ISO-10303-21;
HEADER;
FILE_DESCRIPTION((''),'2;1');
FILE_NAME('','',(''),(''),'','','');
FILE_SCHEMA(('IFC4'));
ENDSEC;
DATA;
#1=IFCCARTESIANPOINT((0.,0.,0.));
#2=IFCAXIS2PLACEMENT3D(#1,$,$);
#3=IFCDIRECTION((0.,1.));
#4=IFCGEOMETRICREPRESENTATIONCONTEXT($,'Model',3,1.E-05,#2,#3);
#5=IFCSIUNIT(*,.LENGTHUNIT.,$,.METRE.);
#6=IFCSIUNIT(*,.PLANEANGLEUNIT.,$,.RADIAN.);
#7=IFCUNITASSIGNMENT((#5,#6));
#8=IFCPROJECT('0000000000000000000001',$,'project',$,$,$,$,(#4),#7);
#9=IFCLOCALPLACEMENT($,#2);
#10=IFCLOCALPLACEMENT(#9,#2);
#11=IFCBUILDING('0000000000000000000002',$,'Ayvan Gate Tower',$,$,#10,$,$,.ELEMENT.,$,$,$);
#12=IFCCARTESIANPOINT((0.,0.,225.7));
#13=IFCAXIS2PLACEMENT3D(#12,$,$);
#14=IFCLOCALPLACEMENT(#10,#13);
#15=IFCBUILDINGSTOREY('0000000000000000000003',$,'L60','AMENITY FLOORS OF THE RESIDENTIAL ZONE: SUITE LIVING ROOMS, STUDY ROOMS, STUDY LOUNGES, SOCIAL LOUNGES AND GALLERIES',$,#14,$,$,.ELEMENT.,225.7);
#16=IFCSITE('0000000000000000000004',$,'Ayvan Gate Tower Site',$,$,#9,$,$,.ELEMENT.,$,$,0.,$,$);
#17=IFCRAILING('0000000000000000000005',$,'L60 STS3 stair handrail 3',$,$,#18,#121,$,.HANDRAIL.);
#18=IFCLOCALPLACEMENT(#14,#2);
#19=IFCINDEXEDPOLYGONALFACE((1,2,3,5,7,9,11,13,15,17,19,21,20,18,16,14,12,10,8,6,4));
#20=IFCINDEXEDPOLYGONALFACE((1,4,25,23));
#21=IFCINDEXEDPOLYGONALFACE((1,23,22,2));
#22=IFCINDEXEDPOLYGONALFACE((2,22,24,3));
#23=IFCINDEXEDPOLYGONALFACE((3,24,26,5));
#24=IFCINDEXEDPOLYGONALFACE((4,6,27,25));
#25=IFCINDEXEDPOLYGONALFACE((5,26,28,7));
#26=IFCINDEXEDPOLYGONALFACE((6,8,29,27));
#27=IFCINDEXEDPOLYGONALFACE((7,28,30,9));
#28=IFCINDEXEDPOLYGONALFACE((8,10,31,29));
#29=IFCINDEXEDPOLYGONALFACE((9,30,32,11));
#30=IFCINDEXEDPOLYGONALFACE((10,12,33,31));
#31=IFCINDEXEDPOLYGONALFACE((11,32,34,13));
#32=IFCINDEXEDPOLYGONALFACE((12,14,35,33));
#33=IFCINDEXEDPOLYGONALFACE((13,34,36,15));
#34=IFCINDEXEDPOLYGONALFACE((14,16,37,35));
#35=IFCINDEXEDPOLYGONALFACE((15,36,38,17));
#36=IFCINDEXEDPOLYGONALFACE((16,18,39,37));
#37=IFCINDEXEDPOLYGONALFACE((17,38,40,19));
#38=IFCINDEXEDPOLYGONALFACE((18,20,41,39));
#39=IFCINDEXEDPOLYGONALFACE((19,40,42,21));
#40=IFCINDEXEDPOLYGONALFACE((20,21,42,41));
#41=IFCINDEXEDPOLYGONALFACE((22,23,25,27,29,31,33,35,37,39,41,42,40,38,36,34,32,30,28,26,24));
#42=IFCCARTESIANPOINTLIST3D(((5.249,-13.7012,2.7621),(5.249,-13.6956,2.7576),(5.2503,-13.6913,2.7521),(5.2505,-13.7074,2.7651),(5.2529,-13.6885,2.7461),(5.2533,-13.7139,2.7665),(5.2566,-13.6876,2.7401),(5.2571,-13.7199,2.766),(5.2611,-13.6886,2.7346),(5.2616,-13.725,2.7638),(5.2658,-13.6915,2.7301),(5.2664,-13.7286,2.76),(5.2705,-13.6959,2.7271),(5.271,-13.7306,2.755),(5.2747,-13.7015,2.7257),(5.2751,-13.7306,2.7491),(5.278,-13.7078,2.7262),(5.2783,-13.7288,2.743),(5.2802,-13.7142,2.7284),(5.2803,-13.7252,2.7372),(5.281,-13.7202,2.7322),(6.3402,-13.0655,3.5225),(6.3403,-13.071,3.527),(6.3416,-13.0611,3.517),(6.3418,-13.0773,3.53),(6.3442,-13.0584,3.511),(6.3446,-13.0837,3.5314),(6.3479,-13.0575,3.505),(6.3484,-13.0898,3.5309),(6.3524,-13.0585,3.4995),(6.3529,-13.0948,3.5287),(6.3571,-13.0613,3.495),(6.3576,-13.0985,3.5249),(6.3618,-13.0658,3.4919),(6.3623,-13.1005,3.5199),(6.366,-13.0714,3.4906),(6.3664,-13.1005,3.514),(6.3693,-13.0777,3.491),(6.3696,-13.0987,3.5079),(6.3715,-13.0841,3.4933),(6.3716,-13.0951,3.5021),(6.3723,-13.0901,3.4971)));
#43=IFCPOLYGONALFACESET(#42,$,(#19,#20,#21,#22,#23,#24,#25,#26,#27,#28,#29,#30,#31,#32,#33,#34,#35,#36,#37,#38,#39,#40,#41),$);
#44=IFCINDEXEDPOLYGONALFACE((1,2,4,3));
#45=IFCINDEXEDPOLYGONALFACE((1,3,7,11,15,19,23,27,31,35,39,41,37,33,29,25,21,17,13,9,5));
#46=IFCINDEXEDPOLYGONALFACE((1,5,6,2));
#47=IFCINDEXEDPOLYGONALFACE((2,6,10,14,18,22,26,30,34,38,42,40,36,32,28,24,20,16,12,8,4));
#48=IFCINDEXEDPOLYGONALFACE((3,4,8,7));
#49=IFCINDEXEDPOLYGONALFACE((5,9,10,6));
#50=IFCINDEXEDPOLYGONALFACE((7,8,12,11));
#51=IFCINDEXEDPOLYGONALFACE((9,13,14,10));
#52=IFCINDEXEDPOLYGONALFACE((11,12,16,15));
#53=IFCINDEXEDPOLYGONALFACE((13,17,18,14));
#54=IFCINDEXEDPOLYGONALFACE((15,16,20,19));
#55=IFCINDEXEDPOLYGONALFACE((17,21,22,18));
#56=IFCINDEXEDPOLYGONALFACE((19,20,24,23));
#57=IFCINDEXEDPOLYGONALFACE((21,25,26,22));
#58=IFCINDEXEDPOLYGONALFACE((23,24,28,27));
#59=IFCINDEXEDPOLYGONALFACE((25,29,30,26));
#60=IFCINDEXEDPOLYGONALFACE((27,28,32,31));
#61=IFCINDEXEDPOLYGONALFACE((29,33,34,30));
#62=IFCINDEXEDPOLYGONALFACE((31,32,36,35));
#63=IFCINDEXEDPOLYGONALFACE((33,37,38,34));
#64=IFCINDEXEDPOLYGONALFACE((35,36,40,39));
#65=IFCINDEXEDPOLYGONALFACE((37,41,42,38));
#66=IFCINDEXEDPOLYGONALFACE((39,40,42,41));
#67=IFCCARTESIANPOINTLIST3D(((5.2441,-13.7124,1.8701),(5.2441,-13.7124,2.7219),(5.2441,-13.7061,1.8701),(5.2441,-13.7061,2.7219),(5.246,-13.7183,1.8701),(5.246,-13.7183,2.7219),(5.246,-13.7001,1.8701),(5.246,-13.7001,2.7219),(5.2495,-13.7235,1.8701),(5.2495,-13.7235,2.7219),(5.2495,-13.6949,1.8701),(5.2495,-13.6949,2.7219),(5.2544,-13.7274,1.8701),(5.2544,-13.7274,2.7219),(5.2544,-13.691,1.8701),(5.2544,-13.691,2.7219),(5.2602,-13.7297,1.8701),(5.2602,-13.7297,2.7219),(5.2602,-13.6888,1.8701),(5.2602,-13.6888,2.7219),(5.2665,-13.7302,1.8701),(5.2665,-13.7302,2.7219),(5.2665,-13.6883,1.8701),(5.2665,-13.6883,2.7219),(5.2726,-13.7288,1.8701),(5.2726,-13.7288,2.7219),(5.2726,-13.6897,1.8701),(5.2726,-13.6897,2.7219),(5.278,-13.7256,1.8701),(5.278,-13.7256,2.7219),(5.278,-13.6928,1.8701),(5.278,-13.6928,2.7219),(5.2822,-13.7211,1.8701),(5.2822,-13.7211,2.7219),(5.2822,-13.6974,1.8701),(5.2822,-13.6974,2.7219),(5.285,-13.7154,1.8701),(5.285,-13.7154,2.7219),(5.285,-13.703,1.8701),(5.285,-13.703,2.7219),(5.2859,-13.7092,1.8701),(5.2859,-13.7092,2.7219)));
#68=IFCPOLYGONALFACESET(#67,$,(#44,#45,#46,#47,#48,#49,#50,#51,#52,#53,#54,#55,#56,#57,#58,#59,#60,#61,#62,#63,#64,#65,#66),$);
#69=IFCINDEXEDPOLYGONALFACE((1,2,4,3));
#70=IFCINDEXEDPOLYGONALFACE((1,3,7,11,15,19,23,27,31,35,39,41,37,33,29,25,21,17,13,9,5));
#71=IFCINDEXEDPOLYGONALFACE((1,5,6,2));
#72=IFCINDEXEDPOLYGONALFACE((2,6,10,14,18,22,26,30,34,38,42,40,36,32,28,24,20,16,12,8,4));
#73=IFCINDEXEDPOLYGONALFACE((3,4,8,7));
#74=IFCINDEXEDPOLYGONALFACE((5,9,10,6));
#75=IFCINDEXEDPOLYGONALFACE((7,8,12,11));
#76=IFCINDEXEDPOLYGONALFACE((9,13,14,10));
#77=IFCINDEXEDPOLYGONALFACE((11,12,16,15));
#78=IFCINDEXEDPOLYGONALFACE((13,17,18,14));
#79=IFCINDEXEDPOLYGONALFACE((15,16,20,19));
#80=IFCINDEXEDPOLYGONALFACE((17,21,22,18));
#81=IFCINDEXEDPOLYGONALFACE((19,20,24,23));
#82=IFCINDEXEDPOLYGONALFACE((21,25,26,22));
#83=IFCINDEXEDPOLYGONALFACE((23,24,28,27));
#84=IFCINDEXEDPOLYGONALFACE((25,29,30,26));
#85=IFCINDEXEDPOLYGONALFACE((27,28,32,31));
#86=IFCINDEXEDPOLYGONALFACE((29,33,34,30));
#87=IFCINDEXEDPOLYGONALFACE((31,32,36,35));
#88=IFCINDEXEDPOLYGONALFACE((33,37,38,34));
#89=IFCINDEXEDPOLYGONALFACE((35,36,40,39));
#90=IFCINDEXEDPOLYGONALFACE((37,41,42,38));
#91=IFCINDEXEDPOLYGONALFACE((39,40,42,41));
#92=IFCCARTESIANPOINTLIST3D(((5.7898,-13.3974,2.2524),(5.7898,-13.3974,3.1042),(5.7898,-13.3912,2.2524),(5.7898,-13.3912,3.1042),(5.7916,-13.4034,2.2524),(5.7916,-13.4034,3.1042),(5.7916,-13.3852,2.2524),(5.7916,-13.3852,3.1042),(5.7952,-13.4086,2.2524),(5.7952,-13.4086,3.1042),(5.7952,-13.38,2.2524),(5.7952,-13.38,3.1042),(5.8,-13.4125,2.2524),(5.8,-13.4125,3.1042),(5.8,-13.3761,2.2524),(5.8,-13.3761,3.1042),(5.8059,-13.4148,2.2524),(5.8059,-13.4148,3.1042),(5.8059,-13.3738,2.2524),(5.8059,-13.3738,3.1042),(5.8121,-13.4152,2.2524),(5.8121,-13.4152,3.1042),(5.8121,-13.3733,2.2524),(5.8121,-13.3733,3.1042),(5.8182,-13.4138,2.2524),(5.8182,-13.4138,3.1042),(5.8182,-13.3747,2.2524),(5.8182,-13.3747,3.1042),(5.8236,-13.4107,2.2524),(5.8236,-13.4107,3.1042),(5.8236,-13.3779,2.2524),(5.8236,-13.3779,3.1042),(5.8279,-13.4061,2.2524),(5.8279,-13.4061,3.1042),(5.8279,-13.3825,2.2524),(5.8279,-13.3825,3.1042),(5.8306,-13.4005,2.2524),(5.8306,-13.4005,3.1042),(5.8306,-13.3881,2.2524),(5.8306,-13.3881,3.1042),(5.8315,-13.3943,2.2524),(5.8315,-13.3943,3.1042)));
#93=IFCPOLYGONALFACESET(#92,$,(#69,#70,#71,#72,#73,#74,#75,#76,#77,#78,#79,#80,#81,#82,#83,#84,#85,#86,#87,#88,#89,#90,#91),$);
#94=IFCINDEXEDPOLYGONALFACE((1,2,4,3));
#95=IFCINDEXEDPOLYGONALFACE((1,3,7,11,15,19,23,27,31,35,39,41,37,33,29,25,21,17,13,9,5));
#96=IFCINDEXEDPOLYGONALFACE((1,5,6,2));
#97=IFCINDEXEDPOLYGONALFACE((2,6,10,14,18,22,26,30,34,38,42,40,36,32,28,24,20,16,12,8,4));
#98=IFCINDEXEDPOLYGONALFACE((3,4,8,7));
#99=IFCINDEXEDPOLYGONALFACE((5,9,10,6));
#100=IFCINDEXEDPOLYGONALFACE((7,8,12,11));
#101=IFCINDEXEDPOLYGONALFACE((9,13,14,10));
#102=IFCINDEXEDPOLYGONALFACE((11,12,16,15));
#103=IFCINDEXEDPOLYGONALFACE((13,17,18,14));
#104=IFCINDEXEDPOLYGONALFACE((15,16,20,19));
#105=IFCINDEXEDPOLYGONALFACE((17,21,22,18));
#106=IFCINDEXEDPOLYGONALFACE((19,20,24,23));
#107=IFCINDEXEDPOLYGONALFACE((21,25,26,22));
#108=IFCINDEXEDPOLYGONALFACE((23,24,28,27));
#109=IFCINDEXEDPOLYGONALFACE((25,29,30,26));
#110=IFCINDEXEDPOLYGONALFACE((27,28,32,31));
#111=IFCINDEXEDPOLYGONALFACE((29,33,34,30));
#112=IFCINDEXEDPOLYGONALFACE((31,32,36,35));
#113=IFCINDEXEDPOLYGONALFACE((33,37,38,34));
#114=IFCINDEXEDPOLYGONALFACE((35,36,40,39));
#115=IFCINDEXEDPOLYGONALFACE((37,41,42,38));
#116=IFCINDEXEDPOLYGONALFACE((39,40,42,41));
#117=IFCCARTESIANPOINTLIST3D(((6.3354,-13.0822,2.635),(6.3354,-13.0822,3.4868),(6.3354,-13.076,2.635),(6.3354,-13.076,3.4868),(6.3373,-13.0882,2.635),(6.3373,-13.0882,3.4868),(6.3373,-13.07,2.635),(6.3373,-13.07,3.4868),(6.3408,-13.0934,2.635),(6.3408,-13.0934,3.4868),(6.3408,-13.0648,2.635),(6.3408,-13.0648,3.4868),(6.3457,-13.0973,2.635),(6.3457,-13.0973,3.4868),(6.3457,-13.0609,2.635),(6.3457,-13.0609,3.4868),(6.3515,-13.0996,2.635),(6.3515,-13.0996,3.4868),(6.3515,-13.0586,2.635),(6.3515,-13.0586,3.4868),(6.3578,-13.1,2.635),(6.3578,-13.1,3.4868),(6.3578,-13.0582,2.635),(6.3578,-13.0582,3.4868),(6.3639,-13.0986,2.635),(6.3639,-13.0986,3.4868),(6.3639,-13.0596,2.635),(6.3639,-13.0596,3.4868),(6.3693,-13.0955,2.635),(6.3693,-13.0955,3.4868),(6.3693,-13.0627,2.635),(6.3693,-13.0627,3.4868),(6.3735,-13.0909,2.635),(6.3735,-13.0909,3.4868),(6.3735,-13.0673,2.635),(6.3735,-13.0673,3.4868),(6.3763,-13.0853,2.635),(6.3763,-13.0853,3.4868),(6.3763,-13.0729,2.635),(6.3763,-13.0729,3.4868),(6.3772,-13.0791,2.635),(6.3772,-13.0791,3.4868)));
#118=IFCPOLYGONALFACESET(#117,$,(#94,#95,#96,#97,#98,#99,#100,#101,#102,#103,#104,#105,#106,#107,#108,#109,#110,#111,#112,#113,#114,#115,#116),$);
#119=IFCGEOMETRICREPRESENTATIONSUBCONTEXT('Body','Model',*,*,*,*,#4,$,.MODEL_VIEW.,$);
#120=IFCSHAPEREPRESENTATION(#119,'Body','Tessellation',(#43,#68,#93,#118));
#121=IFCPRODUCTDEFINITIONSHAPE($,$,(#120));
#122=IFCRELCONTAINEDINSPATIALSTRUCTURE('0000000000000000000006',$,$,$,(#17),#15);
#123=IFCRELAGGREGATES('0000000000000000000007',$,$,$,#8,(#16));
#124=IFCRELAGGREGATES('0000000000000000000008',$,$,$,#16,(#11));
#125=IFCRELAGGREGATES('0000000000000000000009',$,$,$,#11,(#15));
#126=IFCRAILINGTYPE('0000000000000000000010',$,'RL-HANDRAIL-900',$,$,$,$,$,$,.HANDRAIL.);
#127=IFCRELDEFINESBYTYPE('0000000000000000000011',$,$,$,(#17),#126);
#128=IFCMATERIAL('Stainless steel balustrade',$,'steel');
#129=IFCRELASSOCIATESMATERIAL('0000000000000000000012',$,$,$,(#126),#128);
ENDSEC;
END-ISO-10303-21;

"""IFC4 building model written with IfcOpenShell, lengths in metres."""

from ifc_helpers import new_model, si_unit, direction, frame, origin, origin_2d, place, context, subcontext, project, spatial, circle, extrude, material, type_object, element, save


model = new_model("IFC4")

# Units and contexts
model_context = context("Model", 3, precision=1e-05, world=origin(), true_north=direction((0.0, 1.0)))
body_context = subcontext(model_context, "Body", "Model", "MODEL_VIEW")
ifc_project = project(units=[si_unit("LENGTHUNIT", "METRE"), si_unit("PLANEANGLEUNIT", "RADIAN")], contexts=[model_context])

# Site, building, storey
site_placement = place(None, origin())
site = spatial("IfcSite", under=ifc_project, at=site_placement, Name="Ayvan Gate Tower Site", CompositionType="ELEMENT", RefElevation=0.0)
building_placement = place(site_placement, origin())
building = spatial("IfcBuilding", under=site, at=building_placement, Name="Ayvan Gate Tower", CompositionType="ELEMENT")
storey_placement = place(building_placement, frame((0.0, 0.0, 225.7)))
storey = spatial("IfcBuildingStorey", under=building, at=storey_placement, Name="L60", Description="AMENITY FLOORS OF THE RESIDENTIAL ZONE: SUITE LIVING ROOMS, STUDY ROOMS, STUDY LOUNGES, SOCIAL LOUNGES AND GALLERIES", CompositionType="ELEMENT", Elevation=225.7)

# Railing
ifc_material_1 = material(Name="Stainless steel balustrade", Category="steel")
railing_type_1 = type_object("IfcRailingType", Name="RL-HANDRAIL-900", PredefinedType="HANDRAIL", material=ifc_material_1)
railing_1_placement = place(storey_placement, frame((5.2649, -13.7092, 1.8701)))
element("IfcRailing", 1, at=railing_1_placement, inside=storey, type_object=railing_type_1, Name="L60 STS3 stair handrail 3", PredefinedType="HANDRAIL", context=body_context, shape_type="SweptSolid", body=[
    extrude(circle(Radius=0.0239, at=origin_2d()), frame((0.0, 0.0, 0.876), z_axis=(0.740304, 0.427455, 0.518875), x_axis=(-0.500035, 0.866005, 0.0)), (0.0, 0.0, 1.0), 1.4741),
    extrude(circle(Radius=0.021, at=origin_2d()), origin(), (0.0, 0.0, 1.0), 0.8518),
    extrude(circle(Radius=0.021, at=origin_2d()), frame((0.5457, 0.3149, 0.3823)), (0.0, 0.0, 1.0), 0.8518),
    extrude(circle(Radius=0.021, at=origin_2d()), frame((1.0913, 0.6301, 0.7649)), (0.0, 0.0, 1.0), 0.8518),
])

save(model, "model.ifc")
